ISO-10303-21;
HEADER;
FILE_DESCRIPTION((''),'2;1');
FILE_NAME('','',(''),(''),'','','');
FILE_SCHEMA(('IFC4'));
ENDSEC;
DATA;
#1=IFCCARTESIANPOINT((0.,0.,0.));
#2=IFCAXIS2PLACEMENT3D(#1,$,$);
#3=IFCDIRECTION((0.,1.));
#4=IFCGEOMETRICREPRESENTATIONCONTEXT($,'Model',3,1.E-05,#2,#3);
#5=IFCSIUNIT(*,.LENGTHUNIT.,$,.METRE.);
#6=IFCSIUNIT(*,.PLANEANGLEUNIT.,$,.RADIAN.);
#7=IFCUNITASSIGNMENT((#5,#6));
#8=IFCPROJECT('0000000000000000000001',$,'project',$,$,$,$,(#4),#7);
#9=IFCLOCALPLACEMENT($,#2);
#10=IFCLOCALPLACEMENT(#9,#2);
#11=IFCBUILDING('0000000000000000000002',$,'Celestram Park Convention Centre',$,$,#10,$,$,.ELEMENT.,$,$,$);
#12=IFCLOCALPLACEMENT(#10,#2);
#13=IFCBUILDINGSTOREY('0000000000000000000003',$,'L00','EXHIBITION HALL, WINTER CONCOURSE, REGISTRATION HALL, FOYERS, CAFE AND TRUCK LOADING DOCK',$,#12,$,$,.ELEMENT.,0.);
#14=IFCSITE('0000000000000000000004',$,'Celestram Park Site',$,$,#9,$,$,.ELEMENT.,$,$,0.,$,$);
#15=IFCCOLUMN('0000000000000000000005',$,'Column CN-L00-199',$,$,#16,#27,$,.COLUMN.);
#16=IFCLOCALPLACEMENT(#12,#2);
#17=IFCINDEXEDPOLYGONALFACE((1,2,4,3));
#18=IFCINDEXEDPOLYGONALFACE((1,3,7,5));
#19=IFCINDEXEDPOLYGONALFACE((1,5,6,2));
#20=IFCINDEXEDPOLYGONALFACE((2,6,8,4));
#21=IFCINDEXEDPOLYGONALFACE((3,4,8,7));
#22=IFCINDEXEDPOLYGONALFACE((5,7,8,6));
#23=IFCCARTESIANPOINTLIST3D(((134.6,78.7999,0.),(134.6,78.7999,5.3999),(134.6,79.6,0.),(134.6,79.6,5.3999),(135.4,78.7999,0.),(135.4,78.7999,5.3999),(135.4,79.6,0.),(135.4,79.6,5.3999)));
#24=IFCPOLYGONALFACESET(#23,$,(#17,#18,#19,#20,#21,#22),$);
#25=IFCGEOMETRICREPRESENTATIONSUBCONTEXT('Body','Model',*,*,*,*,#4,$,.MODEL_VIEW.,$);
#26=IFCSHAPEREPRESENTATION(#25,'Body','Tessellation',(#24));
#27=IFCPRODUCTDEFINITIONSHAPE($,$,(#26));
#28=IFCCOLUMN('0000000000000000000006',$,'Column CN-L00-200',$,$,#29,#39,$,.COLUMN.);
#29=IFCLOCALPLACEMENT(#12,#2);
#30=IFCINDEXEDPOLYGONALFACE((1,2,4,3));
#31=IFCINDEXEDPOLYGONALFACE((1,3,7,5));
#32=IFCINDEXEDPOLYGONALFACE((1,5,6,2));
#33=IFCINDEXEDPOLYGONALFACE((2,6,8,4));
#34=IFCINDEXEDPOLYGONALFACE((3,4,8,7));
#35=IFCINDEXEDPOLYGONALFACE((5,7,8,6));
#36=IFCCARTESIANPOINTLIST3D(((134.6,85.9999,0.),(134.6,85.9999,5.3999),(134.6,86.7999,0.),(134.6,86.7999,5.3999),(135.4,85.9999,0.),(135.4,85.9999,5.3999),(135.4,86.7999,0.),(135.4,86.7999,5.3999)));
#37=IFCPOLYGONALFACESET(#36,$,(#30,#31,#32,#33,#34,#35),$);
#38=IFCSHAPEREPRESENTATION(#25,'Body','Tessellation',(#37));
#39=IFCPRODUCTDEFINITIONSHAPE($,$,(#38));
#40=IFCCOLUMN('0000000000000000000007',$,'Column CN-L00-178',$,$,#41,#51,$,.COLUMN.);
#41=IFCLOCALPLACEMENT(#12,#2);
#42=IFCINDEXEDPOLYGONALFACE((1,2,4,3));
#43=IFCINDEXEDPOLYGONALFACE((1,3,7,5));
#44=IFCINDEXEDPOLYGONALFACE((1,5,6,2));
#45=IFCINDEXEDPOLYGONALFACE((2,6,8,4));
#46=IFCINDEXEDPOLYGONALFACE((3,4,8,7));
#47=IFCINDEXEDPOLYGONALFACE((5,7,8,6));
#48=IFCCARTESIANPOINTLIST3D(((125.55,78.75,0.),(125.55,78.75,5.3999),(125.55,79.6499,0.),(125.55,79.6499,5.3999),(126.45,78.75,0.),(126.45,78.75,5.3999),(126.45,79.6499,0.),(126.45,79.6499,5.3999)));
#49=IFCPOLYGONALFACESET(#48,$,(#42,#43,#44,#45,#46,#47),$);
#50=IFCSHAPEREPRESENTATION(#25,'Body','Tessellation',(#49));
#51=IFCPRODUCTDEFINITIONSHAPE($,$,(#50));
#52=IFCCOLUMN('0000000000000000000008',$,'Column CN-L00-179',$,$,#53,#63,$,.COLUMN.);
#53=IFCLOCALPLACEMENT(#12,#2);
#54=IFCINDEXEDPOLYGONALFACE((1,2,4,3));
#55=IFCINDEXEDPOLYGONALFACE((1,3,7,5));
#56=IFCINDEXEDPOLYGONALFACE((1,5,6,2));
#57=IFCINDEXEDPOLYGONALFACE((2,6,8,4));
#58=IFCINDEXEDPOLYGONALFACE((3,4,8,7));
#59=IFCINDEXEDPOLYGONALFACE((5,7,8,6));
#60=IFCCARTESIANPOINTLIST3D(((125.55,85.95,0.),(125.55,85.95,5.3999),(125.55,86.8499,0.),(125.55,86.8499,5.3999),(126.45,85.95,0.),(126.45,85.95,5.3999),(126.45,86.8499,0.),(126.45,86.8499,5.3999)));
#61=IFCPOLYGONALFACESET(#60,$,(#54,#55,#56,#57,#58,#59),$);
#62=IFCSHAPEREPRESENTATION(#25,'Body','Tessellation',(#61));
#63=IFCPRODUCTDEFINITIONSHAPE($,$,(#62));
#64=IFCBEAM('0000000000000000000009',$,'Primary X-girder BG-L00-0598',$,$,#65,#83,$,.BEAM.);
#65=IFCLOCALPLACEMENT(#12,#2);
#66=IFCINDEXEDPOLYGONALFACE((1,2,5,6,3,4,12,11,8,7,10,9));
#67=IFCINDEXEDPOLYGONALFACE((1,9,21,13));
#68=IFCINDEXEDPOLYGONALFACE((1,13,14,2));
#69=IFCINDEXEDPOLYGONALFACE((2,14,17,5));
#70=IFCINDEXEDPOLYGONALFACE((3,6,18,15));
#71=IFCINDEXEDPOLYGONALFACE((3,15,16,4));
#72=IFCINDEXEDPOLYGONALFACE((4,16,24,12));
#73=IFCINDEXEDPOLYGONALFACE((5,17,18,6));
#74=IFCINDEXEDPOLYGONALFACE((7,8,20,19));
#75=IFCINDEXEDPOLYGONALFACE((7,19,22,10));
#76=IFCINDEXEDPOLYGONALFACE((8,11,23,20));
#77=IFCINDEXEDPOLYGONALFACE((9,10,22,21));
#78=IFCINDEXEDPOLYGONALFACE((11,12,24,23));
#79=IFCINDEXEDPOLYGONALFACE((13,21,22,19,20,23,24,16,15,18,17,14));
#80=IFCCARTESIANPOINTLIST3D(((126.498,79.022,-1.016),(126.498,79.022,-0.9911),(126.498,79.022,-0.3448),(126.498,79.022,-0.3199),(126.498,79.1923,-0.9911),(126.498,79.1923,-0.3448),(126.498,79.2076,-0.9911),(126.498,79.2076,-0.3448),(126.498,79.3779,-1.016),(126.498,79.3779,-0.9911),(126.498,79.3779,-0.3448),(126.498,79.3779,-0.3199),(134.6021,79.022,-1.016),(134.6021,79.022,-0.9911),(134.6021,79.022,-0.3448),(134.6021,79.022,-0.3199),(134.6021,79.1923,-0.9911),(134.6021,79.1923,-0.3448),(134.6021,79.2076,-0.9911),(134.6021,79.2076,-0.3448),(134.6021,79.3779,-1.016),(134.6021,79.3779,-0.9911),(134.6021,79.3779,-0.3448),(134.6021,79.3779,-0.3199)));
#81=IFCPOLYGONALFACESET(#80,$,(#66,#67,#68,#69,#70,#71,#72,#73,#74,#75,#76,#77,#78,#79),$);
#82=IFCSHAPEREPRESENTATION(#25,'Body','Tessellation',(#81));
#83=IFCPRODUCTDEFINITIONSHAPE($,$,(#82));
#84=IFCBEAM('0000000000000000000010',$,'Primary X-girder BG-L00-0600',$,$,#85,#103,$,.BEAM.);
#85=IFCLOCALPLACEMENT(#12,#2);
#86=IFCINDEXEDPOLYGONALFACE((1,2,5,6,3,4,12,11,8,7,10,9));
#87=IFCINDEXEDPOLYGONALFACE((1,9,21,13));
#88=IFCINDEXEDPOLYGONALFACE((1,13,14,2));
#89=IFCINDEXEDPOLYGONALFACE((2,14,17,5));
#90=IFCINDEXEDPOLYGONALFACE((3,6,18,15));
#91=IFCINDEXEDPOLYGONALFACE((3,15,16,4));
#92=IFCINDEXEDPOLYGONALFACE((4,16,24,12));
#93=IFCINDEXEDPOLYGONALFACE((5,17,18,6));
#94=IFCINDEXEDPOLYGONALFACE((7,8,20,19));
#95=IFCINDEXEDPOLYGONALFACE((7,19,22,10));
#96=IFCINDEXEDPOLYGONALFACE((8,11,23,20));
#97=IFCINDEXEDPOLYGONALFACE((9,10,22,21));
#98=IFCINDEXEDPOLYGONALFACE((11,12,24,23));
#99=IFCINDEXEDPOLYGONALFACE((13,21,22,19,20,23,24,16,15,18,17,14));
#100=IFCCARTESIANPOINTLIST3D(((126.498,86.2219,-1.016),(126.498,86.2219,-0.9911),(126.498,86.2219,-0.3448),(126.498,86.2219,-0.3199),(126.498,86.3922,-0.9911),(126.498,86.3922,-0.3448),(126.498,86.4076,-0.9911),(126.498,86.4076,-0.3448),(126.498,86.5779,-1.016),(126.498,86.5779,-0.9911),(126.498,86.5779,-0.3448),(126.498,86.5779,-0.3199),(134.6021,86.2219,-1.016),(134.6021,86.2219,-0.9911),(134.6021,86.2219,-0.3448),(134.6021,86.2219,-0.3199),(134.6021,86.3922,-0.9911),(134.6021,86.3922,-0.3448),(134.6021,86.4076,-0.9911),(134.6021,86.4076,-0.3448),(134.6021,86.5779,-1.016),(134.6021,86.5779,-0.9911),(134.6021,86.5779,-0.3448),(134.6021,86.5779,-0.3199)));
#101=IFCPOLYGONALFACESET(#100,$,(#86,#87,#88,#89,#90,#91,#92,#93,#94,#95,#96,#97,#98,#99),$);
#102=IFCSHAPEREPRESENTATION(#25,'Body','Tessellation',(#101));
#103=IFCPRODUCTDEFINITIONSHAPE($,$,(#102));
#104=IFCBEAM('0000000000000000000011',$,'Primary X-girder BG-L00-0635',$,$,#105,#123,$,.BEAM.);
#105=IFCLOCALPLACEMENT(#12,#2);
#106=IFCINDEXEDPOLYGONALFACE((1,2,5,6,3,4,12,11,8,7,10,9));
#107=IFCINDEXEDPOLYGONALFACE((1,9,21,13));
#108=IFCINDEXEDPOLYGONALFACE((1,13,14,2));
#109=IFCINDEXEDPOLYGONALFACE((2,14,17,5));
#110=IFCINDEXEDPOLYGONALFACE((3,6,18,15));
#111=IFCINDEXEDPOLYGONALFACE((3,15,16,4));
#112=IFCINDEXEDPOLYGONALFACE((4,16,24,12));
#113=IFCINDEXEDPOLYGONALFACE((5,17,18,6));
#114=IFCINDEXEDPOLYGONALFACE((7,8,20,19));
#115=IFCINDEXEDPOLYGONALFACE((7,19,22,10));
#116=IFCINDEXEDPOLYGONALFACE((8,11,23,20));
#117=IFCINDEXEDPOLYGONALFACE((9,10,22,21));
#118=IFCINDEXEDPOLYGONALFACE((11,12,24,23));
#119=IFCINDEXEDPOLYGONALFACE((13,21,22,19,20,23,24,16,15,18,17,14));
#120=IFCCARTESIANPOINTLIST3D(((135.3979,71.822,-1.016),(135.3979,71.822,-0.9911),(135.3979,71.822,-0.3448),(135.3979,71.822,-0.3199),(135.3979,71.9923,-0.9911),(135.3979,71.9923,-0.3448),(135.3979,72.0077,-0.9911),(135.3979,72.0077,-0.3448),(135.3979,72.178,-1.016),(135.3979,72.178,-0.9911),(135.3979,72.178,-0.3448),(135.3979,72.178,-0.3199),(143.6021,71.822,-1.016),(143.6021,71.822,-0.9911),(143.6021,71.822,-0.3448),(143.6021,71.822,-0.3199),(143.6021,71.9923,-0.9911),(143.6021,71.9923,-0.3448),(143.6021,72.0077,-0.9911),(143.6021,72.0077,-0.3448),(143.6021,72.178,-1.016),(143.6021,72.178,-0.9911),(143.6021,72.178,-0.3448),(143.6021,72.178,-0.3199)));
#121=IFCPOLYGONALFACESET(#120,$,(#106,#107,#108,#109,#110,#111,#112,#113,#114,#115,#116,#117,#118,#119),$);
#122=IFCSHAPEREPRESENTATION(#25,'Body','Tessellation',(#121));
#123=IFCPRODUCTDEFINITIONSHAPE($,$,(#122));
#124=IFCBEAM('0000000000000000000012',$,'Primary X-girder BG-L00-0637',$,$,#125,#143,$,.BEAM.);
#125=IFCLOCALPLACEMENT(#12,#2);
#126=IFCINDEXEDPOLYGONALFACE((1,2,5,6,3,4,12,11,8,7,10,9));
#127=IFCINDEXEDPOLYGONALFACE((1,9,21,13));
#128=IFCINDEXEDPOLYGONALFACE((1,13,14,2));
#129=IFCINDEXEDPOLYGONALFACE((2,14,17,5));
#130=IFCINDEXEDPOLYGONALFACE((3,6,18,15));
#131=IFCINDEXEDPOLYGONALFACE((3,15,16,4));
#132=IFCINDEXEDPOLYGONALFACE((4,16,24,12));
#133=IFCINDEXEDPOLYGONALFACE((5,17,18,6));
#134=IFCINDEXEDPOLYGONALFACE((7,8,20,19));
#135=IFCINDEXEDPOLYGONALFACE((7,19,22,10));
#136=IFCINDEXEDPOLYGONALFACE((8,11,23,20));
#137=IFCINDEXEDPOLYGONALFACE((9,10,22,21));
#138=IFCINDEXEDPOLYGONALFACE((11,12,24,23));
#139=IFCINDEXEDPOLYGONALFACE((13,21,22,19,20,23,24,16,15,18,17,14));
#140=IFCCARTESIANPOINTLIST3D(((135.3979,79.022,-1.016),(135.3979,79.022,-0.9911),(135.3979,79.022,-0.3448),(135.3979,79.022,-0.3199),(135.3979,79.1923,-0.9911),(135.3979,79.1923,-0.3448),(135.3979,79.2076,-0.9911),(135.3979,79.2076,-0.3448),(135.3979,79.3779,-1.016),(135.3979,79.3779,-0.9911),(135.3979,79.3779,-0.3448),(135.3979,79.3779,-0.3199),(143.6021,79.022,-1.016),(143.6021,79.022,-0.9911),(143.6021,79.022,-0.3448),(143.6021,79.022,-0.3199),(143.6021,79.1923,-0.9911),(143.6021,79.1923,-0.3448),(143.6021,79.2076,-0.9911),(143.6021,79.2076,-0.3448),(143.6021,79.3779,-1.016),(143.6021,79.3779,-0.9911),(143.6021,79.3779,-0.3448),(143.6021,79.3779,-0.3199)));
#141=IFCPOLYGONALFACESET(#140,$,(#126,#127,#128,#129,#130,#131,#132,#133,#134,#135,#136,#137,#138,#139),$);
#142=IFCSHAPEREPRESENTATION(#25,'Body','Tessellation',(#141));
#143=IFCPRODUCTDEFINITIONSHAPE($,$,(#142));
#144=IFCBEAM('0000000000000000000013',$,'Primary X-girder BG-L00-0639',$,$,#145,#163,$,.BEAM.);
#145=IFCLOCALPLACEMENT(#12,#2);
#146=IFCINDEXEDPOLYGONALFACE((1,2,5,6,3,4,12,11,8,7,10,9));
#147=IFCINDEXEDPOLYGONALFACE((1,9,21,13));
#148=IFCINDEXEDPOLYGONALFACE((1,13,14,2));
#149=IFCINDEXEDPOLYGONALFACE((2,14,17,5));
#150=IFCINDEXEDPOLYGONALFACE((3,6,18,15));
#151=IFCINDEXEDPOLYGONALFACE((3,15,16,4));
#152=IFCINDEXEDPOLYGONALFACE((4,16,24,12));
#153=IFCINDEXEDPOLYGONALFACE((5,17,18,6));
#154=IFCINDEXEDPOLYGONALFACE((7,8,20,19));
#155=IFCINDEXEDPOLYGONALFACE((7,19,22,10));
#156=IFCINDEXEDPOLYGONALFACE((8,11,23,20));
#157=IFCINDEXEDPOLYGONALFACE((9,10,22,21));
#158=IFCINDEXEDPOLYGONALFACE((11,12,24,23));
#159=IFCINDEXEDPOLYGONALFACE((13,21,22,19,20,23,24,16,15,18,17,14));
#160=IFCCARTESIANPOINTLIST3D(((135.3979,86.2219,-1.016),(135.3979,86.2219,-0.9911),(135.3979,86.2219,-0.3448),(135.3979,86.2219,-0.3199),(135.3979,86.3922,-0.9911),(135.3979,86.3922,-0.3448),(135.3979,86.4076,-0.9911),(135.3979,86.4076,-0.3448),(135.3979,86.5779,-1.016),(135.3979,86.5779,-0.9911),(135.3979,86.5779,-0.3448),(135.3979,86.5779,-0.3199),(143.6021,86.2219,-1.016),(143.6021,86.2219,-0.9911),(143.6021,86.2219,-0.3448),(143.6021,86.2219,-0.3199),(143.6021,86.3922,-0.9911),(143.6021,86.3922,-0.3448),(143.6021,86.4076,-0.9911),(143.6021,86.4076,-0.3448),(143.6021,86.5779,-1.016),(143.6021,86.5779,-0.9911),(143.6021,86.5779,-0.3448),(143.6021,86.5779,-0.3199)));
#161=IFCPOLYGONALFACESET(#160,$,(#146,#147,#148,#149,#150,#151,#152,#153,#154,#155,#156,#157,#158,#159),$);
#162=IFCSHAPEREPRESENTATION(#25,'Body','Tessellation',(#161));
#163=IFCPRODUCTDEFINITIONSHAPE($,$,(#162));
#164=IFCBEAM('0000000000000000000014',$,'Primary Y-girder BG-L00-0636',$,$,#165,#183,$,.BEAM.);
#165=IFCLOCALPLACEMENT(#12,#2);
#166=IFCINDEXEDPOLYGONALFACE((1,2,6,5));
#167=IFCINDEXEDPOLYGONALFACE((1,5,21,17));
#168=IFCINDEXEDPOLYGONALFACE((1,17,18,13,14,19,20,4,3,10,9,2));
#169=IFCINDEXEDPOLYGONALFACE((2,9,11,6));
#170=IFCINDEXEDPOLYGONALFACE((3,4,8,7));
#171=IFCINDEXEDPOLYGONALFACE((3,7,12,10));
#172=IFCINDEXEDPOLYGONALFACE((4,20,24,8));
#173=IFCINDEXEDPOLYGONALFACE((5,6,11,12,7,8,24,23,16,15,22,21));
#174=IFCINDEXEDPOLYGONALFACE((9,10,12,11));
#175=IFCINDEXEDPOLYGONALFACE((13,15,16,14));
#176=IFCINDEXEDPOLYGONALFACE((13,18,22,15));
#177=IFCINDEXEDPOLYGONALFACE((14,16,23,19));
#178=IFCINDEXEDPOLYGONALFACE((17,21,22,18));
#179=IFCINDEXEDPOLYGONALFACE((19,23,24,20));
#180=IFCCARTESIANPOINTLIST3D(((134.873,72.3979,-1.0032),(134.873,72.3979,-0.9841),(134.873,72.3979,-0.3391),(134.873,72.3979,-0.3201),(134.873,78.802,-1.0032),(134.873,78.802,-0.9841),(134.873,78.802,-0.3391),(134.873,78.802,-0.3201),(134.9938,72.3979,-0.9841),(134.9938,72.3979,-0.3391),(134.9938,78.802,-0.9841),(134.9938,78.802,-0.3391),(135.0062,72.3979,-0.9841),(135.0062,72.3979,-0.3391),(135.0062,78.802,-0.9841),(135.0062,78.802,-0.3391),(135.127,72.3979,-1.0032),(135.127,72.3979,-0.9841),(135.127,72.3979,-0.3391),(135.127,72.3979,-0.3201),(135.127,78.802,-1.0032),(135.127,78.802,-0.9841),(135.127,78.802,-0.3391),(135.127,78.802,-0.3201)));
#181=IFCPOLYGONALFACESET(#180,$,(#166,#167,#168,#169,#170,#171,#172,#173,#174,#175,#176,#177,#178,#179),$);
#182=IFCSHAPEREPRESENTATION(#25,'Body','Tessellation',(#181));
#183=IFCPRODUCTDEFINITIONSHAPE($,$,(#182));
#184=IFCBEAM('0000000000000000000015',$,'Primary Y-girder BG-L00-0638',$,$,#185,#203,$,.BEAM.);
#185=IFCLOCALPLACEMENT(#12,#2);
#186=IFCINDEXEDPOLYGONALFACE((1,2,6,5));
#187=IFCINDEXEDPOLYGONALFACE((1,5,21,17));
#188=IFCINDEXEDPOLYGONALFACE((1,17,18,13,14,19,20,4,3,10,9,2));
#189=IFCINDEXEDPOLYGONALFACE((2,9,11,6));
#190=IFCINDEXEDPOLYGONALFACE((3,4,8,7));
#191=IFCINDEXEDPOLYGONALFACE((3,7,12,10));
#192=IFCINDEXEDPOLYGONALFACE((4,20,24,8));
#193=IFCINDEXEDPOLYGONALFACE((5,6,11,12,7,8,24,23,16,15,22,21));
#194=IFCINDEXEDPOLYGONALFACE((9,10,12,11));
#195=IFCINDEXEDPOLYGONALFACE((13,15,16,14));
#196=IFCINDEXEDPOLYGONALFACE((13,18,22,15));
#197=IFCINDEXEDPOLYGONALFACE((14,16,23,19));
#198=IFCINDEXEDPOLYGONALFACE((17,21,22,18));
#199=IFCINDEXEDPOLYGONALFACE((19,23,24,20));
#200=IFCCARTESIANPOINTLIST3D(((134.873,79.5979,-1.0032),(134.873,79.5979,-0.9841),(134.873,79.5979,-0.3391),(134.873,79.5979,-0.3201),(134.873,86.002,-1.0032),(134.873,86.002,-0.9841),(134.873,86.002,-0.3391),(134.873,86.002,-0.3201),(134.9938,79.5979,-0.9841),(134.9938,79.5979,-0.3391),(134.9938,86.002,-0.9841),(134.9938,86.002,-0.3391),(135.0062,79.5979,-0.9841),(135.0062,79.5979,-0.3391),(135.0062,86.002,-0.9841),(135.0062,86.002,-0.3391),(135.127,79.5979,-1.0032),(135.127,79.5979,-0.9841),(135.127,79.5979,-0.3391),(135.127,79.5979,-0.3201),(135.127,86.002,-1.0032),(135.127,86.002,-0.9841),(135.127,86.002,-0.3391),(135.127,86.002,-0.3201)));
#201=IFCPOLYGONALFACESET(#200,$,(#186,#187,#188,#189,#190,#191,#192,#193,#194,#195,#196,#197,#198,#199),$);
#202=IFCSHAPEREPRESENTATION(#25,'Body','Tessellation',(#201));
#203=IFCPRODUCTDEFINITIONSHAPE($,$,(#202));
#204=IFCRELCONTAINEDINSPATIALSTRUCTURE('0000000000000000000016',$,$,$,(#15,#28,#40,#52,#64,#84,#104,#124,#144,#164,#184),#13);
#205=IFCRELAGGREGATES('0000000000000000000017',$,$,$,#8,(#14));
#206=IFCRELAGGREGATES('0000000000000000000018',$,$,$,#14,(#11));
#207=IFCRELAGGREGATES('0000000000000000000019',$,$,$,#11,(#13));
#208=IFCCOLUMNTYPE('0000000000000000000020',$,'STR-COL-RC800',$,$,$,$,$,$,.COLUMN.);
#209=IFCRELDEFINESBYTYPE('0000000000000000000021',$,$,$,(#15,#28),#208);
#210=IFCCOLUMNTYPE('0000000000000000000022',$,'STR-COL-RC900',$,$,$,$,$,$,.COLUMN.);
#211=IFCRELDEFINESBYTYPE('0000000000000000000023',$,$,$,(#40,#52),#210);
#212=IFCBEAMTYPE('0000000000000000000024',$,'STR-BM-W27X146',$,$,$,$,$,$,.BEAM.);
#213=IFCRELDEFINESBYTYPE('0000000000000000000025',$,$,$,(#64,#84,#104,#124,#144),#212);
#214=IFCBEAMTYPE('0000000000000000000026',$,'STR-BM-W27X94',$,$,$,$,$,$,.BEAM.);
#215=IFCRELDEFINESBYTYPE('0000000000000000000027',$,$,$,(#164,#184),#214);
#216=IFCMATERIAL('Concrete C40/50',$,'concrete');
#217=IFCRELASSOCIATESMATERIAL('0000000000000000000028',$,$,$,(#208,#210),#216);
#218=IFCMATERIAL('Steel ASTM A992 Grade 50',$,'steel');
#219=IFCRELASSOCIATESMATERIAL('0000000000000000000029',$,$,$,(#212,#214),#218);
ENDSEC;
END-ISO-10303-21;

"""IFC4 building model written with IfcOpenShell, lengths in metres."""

from ifc_helpers import new_model, si_unit, direction, frame, origin, origin_2d, place, context, subcontext, project, spatial, rectangle, i_section, extrude, material, material_profile, profile_set, type_object, element, save


model = new_model("IFC4")

# Units and contexts
model_context = context("Model", 3, precision=1e-05, world=origin(), true_north=direction((0.0, 1.0)))
body_context = subcontext(model_context, "Body", "Model", "MODEL_VIEW")
ifc_project = project(units=[si_unit("LENGTHUNIT", "METRE"), si_unit("PLANEANGLEUNIT", "RADIAN")], contexts=[model_context])

# Site, building, storey
site_placement = place(None, origin())
site = spatial("IfcSite", under=ifc_project, at=site_placement, Name="Celestram Park Site", CompositionType="ELEMENT", RefElevation=0.0)
building_placement = place(site_placement, origin())
building = spatial("IfcBuilding", under=site, at=building_placement, Name="Celestram Park Convention Centre", CompositionType="ELEMENT")
storey_placement = place(building_placement, origin())
storey = spatial("IfcBuildingStorey", under=building, at=storey_placement, Name="L00", Description="EXHIBITION HALL, WINTER CONCOURSE, REGISTRATION HALL, FOYERS, CAFE AND TRUCK LOADING DOCK", CompositionType="ELEMENT", Elevation=0.0)

# Columns
ifc_material_1 = material(Name="Concrete C40/50", Category="concrete")
ifc_material_profile_1 = material_profile(ifc_material_1, rectangle(XDim=0.8, YDim=0.8, at=origin_2d()), Name="RC800X800")
ifc_profile_set_1 = profile_set([ifc_material_profile_1], Name="Concrete C40/50")
column_type_1 = type_object("IfcColumnType", Name="STR-COL-RC800", PredefinedType="COLUMN", material=ifc_profile_set_1)
for number, where, z_axis, x_axis, name in (
    (1, (135.0, 79.2, 0.0), (0.0, 0.0, 1.0), (1.0, 0.0, 0.0), "Column CN-L00-199"),
    (2, (135.0, 86.3999, 0.0), (0.0, 0.0, 1.0), (1.0, 0.0, 0.0), "Column CN-L00-200"),
):
    element("IfcColumn", number, at=place(storey_placement, frame(where, z_axis=z_axis, x_axis=x_axis)), inside=storey, type_object=column_type_1, Name=name, PredefinedType="COLUMN", context=body_context, shape_type="SweptSolid", body=[
        extrude(rectangle(XDim=0.8, YDim=0.8, at=origin_2d()), origin(), (0.0, 0.0, 1.0), 5.3999),
    ])
ifc_material_profile_2 = material_profile(ifc_material_1, rectangle(XDim=0.8999, YDim=0.8999, at=origin_2d()), Name="RC900X900")
ifc_profile_set_2 = profile_set([ifc_material_profile_2], Name="Concrete C40/50")
column_type_2 = type_object("IfcColumnType", Name="STR-COL-RC900", PredefinedType="COLUMN", material=ifc_profile_set_2)
for number, where, z_axis, x_axis, name in (
    (3, (126.0, 79.2, 0.0), (0.0, 0.0, 1.0), (1.0, 0.0, 0.0), "Column CN-L00-178"),
    (4, (126.0, 86.3999, 0.0), (0.0, 0.0, 1.0), (1.0, 0.0, 0.0), "Column CN-L00-179"),
):
    element("IfcColumn", number, at=place(storey_placement, frame(where, z_axis=z_axis, x_axis=x_axis)), inside=storey, type_object=column_type_2, Name=name, PredefinedType="COLUMN", context=body_context, shape_type="SweptSolid", body=[
        extrude(rectangle(XDim=0.8999, YDim=0.8999, at=origin_2d()), origin(), (0.0, 0.0, 1.0), 5.3999),
    ])

# Beams
ifc_material_2 = material(Name="Steel ASTM A992 Grade 50", Category="steel")
ifc_material_profile_3 = material_profile(ifc_material_2, i_section(OverallWidth=0.356, OverallDepth=0.696, WebThickness=0.0154, FlangeThickness=0.0249, at=origin_2d()), Name="W27X146")
ifc_profile_set_3 = profile_set([ifc_material_profile_3], Name="Steel ASTM A992 Grade 50")
beam_type_1 = type_object("IfcBeamType", Name="STR-BM-W27X146", PredefinedType="BEAM", material=ifc_profile_set_3)
for number, where, z_axis, x_axis, name in (
    (5, (126.498, 79.2, -0.668), (1.0, 0.0, 0.0), (0.0, 1.0, 0.0), "Primary X-girder BG-L00-0598"),
    (6, (126.498, 86.3999, -0.668), (1.0, 0.0, 0.0), (0.0, 1.0, 0.0), "Primary X-girder BG-L00-0600"),
):
    element("IfcBeam", number, at=place(storey_placement, frame(where, z_axis=z_axis, x_axis=x_axis)), inside=storey, type_object=beam_type_1, Name=name, PredefinedType="BEAM", context=body_context, shape_type="SweptSolid", body=[
        extrude(i_section(OverallWidth=0.356, OverallDepth=0.696, WebThickness=0.0154, FlangeThickness=0.0249, at=origin_2d()), origin(), (0.0, 0.0, 1.0), 8.104),
    ])
for number, where, z_axis, x_axis, name in (
    (7, (135.3979, 72.0, -0.668), (1.0, 0.0, 0.0), (0.0, 1.0, 0.0), "Primary X-girder BG-L00-0635"),
    (8, (135.3979, 79.2, -0.668), (1.0, 0.0, 0.0), (0.0, 1.0, 0.0), "Primary X-girder BG-L00-0637"),
    (9, (135.3979, 86.3999, -0.668), (1.0, 0.0, 0.0), (0.0, 1.0, 0.0), "Primary X-girder BG-L00-0639"),
):
    element("IfcBeam", number, at=place(storey_placement, frame(where, z_axis=z_axis, x_axis=x_axis)), inside=storey, type_object=beam_type_1, Name=name, PredefinedType="BEAM", context=body_context, shape_type="SweptSolid", body=[
        extrude(i_section(OverallWidth=0.356, OverallDepth=0.696, WebThickness=0.0154, FlangeThickness=0.0249, at=origin_2d()), origin(), (0.0, 0.0, 1.0), 8.2041),
    ])
ifc_material_profile_4 = material_profile(ifc_material_2, i_section(OverallWidth=0.2539, OverallDepth=0.6831, WebThickness=0.0125, FlangeThickness=0.019, at=origin_2d()), Name="W27X94")
ifc_profile_set_4 = profile_set([ifc_material_profile_4], Name="Steel ASTM A992 Grade 50")
beam_type_2 = type_object("IfcBeamType", Name="STR-BM-W27X94", PredefinedType="BEAM", material=ifc_profile_set_4)
for number, where, z_axis, x_axis, name in (
    (10, (135.0, 72.3979, -0.6616), (0.0, 1.0, 0.0), (-1.0, 0.0, 0.0), "Primary Y-girder BG-L00-0636"),
    (11, (135.0, 79.5979, -0.6616), (0.0, 1.0, 0.0), (-1.0, 0.0, 0.0), "Primary Y-girder BG-L00-0638"),
):
    element("IfcBeam", number, at=place(storey_placement, frame(where, z_axis=z_axis, x_axis=x_axis)), inside=storey, type_object=beam_type_2, Name=name, PredefinedType="BEAM", context=body_context, shape_type="SweptSolid", body=[
        extrude(i_section(OverallWidth=0.2539, OverallDepth=0.6831, WebThickness=0.0125, FlangeThickness=0.019, at=origin_2d()), origin(), (0.0, 0.0, 1.0), 6.4041),
    ])

save(model, "model.ifc")
